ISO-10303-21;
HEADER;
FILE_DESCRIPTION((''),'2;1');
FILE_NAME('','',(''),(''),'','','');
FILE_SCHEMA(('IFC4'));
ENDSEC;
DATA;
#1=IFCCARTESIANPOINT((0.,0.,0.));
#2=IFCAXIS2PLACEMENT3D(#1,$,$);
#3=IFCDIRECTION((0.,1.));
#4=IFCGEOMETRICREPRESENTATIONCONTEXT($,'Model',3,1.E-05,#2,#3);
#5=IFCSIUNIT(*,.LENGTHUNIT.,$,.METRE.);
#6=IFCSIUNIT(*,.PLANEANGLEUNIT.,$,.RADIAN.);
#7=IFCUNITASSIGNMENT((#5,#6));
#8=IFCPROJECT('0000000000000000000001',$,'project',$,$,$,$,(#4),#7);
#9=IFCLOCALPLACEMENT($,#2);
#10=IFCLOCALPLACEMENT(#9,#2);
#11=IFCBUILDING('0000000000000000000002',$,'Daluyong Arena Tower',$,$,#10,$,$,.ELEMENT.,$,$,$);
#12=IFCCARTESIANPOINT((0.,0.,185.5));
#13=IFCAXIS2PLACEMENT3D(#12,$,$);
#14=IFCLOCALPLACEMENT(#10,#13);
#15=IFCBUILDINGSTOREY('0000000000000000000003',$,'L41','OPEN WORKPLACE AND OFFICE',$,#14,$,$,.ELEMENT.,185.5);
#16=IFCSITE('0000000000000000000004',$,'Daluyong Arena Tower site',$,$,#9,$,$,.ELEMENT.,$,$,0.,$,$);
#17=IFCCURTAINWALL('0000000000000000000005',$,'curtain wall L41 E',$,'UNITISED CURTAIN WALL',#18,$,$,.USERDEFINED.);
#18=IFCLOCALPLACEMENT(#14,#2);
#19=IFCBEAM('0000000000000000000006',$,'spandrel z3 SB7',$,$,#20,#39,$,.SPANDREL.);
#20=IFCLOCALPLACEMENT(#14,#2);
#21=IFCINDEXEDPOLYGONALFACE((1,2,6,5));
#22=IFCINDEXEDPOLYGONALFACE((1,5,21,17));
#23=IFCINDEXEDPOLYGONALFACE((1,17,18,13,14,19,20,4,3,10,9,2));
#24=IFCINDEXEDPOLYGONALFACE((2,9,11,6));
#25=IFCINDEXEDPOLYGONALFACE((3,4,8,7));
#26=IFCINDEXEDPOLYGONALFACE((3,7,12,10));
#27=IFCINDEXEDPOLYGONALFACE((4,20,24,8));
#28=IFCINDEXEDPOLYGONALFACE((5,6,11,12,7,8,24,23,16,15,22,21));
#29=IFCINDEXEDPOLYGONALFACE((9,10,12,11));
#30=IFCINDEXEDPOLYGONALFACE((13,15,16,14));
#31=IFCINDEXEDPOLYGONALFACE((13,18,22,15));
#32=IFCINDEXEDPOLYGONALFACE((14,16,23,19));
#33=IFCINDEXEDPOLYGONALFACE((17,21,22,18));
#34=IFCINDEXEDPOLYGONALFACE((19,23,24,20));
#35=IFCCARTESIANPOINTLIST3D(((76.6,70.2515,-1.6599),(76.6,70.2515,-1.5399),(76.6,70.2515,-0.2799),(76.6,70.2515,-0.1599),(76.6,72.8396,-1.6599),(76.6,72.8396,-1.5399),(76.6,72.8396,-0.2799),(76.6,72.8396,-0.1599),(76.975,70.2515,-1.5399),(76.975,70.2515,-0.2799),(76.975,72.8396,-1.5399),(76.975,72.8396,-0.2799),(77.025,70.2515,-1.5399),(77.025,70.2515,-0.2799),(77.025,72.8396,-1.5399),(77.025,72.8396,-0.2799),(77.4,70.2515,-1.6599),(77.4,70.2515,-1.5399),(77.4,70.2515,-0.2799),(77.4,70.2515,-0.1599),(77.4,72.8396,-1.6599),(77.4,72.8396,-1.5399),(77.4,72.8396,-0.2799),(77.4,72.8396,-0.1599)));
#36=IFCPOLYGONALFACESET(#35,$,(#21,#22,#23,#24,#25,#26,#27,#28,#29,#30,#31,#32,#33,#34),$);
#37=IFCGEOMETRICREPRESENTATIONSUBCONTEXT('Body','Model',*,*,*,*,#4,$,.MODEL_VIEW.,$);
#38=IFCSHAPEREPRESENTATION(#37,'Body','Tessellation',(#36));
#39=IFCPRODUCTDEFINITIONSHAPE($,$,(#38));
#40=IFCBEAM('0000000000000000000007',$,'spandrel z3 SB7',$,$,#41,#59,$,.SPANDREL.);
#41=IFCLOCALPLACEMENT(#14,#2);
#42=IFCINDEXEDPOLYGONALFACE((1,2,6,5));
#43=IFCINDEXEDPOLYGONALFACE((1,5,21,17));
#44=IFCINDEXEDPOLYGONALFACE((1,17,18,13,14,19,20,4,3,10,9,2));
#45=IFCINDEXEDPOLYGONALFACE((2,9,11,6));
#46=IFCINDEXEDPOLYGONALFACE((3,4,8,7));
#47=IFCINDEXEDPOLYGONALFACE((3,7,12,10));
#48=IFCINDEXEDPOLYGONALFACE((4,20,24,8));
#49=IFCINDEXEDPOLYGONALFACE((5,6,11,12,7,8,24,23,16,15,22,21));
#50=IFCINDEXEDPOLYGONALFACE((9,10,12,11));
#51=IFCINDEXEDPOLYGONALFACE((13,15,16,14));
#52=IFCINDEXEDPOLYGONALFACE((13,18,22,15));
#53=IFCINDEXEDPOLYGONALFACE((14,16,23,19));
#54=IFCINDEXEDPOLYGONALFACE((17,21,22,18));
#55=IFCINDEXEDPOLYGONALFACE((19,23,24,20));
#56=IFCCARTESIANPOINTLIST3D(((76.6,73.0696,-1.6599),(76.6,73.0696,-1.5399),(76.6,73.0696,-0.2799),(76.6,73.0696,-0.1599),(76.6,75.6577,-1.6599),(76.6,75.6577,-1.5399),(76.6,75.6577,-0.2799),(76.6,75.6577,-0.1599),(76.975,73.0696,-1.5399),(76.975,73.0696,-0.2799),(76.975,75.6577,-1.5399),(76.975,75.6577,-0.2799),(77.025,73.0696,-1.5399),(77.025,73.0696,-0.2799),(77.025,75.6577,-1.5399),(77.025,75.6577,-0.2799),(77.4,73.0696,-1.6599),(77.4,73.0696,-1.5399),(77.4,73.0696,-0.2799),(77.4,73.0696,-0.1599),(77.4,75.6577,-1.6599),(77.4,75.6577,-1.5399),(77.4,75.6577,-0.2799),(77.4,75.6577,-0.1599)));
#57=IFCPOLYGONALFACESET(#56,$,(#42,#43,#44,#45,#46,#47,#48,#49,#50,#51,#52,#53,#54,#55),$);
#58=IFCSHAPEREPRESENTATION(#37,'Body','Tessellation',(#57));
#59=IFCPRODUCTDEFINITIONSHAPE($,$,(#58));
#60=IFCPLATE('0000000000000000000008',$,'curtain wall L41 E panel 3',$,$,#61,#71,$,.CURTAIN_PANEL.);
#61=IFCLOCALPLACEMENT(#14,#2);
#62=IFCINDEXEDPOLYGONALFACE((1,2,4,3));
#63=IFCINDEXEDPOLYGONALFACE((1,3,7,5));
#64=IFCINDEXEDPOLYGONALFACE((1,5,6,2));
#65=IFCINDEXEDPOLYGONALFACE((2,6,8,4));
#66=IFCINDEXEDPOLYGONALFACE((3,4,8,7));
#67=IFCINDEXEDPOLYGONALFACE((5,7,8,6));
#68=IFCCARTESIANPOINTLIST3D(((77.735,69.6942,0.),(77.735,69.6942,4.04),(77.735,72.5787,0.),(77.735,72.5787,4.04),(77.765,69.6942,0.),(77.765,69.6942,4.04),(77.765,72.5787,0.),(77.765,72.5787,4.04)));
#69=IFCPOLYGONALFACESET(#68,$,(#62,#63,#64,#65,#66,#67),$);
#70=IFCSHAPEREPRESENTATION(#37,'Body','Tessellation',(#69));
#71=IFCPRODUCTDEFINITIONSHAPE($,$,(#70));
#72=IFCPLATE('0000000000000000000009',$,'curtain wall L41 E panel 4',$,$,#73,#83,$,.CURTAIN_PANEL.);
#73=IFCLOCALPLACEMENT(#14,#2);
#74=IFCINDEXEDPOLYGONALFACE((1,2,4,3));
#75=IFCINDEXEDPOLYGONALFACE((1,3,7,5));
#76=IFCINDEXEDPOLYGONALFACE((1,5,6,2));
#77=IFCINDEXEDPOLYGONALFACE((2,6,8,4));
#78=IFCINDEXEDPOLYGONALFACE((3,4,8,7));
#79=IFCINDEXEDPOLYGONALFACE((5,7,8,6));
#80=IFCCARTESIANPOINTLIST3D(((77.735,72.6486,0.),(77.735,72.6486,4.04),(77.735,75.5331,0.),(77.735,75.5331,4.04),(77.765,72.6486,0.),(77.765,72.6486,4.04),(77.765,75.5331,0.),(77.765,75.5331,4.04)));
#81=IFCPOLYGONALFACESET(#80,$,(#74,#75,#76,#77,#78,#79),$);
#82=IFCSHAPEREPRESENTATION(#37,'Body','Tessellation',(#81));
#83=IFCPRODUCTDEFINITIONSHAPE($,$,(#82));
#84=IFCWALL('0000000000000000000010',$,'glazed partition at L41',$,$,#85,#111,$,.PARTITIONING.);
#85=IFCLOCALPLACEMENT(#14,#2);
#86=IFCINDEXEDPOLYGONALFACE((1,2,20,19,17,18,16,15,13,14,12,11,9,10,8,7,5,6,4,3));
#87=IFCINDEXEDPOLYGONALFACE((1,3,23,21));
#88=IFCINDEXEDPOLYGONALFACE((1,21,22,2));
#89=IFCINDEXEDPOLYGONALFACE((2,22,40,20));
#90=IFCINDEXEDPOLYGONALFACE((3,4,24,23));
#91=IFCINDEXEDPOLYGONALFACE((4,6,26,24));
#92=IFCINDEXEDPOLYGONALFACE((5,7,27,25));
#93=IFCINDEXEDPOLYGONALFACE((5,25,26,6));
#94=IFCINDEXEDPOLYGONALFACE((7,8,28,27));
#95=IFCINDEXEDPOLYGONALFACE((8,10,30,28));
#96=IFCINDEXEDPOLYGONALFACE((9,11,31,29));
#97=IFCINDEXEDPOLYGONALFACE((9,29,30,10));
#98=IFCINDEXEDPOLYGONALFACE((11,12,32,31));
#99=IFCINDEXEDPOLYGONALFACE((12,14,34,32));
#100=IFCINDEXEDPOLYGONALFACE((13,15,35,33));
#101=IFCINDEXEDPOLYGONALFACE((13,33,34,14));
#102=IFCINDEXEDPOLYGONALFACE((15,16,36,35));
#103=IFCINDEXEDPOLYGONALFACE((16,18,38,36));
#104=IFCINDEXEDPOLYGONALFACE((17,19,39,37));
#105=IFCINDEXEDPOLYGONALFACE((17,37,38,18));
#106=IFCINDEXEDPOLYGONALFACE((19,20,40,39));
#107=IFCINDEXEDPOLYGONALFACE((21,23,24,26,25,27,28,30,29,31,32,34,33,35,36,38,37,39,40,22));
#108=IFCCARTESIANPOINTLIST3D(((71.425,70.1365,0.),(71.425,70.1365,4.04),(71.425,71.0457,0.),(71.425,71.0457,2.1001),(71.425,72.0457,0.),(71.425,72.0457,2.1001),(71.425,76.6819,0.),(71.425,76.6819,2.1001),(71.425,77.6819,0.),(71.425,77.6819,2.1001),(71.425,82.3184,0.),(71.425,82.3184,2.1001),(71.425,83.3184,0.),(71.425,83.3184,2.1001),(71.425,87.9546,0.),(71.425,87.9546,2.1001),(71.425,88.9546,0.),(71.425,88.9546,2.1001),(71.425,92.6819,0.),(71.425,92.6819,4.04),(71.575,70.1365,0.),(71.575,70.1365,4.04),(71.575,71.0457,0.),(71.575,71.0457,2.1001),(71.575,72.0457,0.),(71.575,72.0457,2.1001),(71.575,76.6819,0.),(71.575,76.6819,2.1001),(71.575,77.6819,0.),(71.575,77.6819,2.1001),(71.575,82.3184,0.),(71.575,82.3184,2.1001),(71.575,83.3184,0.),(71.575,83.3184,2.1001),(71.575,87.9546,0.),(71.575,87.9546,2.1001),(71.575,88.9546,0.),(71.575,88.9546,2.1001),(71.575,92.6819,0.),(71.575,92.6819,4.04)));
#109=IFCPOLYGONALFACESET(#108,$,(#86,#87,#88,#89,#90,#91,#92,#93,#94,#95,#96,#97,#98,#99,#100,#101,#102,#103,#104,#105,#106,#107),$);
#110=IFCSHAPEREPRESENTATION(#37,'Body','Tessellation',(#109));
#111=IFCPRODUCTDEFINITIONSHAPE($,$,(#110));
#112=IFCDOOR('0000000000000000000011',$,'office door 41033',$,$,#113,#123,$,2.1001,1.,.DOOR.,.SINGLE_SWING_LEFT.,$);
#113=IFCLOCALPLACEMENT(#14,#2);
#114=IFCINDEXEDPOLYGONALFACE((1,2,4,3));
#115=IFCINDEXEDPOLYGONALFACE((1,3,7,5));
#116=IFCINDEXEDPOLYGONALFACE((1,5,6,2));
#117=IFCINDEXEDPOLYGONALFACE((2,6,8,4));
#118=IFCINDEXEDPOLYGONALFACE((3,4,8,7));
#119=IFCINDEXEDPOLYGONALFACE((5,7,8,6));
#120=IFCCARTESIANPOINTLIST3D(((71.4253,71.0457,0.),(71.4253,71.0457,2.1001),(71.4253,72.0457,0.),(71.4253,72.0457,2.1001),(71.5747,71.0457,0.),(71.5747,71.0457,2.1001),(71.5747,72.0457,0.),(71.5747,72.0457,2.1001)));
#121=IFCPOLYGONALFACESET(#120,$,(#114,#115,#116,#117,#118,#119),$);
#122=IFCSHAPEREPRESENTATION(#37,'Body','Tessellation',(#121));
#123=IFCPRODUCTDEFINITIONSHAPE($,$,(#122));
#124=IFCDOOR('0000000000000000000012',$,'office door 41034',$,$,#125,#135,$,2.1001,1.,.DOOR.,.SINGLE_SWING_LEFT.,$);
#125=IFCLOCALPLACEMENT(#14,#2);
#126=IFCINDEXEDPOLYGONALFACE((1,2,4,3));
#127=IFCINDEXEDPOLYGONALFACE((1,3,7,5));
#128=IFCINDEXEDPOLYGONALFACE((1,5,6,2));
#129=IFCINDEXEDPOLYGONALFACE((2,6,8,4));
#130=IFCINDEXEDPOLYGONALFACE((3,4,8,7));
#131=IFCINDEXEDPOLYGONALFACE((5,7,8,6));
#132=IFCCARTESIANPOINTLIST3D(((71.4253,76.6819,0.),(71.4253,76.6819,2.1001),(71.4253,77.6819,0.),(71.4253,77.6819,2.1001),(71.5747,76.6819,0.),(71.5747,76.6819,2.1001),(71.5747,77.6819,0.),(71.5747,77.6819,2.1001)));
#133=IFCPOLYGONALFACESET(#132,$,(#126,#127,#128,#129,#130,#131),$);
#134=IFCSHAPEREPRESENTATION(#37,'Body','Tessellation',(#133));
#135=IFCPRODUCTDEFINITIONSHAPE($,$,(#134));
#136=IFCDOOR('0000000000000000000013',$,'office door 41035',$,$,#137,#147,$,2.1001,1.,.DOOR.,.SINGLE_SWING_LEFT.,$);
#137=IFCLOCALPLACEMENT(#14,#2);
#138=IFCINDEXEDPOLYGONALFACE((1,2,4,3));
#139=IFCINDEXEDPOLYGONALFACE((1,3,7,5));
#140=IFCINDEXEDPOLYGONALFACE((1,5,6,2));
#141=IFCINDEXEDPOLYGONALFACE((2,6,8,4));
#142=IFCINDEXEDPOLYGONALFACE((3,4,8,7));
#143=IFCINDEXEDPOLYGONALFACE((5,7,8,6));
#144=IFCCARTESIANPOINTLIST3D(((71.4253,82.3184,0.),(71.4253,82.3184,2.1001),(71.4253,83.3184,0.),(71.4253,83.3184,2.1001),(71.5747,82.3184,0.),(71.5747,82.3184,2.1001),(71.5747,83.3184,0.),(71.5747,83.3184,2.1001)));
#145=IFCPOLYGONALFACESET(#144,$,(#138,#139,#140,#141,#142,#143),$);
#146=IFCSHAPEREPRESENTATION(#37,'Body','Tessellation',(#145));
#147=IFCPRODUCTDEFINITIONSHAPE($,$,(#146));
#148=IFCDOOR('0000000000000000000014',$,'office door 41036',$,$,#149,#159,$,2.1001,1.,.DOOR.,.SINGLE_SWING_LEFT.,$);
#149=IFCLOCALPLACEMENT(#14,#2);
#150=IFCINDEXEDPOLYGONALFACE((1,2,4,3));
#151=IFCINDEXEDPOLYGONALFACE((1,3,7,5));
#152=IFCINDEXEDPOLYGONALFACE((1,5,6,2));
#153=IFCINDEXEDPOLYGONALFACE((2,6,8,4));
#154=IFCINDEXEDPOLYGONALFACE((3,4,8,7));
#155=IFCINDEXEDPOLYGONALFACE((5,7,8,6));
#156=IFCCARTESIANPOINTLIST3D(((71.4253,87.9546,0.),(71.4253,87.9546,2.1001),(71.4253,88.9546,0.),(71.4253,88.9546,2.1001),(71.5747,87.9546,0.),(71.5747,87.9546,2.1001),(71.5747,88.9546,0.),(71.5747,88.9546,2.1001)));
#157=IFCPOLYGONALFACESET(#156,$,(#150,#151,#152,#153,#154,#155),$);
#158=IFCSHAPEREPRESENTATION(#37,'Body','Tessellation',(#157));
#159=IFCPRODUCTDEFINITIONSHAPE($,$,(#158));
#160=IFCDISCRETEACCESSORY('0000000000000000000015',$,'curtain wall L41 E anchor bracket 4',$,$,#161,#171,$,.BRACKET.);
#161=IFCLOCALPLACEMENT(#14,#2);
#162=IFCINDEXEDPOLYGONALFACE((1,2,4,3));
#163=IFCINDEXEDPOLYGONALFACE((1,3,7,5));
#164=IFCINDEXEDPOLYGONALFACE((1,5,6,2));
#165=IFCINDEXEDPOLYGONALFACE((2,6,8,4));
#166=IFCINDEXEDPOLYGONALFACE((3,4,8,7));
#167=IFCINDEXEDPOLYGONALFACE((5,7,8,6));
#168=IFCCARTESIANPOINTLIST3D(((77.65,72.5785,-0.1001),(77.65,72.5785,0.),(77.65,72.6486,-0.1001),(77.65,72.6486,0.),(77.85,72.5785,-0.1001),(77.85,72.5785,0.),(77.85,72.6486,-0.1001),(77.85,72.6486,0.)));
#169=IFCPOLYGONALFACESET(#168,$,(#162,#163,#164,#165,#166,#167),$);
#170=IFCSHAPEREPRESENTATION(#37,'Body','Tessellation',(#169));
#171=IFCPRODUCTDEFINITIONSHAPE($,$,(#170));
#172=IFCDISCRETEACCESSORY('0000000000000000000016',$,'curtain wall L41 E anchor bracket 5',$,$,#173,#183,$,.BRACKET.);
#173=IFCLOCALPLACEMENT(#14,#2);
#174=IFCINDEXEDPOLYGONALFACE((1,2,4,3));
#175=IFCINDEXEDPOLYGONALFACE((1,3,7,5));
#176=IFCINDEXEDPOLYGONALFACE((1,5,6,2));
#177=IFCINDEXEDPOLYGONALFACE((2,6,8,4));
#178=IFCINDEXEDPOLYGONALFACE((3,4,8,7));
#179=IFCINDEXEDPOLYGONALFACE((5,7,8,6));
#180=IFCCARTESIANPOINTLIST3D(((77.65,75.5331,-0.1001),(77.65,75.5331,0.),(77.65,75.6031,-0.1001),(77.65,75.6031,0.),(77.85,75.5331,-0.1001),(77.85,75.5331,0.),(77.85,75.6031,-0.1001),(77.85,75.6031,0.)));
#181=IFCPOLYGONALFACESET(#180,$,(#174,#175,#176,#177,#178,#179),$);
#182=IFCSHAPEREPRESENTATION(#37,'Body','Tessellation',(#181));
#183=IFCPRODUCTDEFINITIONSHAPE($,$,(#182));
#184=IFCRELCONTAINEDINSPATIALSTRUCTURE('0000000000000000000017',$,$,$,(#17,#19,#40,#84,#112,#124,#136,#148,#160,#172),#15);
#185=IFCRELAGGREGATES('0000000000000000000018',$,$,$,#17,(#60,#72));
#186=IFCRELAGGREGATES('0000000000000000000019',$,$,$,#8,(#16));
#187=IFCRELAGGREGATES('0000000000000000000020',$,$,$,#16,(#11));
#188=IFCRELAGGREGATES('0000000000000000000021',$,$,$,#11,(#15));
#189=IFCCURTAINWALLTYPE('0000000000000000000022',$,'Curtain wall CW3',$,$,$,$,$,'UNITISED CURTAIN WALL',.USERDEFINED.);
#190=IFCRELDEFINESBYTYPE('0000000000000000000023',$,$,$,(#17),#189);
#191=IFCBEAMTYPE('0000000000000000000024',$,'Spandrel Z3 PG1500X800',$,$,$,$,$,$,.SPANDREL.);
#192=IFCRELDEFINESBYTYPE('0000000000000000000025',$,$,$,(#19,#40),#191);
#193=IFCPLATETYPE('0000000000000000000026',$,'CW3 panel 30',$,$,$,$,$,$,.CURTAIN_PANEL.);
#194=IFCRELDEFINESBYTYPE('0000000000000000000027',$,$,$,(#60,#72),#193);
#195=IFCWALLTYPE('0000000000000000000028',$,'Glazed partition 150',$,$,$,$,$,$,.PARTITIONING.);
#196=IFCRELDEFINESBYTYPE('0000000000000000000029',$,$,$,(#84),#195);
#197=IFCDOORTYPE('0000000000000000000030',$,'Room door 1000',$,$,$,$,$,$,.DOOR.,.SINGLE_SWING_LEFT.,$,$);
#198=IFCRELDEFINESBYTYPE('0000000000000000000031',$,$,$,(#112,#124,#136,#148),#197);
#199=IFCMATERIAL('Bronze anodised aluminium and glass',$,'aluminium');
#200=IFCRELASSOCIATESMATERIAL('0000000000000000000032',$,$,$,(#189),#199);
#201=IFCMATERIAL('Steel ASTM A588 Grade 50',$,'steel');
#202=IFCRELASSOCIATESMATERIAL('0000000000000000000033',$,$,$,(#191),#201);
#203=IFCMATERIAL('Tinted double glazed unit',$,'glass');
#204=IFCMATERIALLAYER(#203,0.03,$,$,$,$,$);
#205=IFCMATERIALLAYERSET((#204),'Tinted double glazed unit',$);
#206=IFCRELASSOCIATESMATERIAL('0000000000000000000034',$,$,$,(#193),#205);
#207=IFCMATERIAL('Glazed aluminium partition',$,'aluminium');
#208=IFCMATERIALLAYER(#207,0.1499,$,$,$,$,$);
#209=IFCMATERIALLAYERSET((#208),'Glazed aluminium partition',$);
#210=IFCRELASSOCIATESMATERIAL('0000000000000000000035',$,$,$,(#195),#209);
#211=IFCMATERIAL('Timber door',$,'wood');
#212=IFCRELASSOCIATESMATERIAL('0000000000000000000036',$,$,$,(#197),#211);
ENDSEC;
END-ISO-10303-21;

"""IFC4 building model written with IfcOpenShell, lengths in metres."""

from ifc_helpers import new_model, si_unit, direction, frame, frame_2d, origin, origin_2d, place, context, subcontext, project, spatial, rectangle, i_section, extrude, material, layer, layer_set, material_profile, profile_set, type_object, element, fill, aggregate, save


model = new_model("IFC4")

# Units and contexts
model_context = context("Model", 3, precision=1e-05, world=origin(), true_north=direction((0.0, 1.0)))
body_context = subcontext(model_context, "Body", "Model", "MODEL_VIEW")
ifc_project = project(units=[si_unit("LENGTHUNIT", "METRE"), si_unit("PLANEANGLEUNIT", "RADIAN")], contexts=[model_context])

# Site, building, storey
site_placement = place(None, origin())
site = spatial("IfcSite", under=ifc_project, at=site_placement, Name="Daluyong Arena Tower site", CompositionType="ELEMENT", RefElevation=0.0)
building_placement = place(site_placement, origin())
building = spatial("IfcBuilding", under=site, at=building_placement, Name="Daluyong Arena Tower", CompositionType="ELEMENT")
storey_placement = place(building_placement, frame((0.0, 0.0, 185.5)))
storey = spatial("IfcBuildingStorey", under=building, at=storey_placement, Name="L41", Description="OPEN WORKPLACE AND OFFICE", CompositionType="ELEMENT", Elevation=185.5)

# Curtain wall
ifc_material_1 = material(Name="Bronze anodised aluminium and glass", Category="aluminium")
curtain_wall_type = type_object("IfcCurtainWallType", Name="Curtain wall CW3", ElementType="UNITISED CURTAIN WALL", PredefinedType="USERDEFINED", material=ifc_material_1)
curtain_wall_placement = place(storey_placement, origin())
curtain_wall = element("IfcCurtainWall", 1, at=curtain_wall_placement, inside=storey, type_object=curtain_wall_type, Name="curtain wall L41 E", ObjectType="UNITISED CURTAIN WALL", PredefinedType="USERDEFINED")

# Beams
ifc_material_2 = material(Name="Steel ASTM A588 Grade 50", Category="steel")
ifc_material_profile_1 = material_profile(ifc_material_2, i_section(OverallWidth=0.8, OverallDepth=1.5, WebThickness=0.05, FlangeThickness=0.12, at=origin_2d()))
ifc_profile_set_1 = profile_set([ifc_material_profile_1], Name="Steel ASTM A588 Grade 50")
beam_type_1 = type_object("IfcBeamType", Name="Spandrel Z3 PG1500X800", PredefinedType="SPANDREL", material=ifc_profile_set_1)
for number, where, z_axis, x_axis, name in (
    (2, (77.0, 70.2515, -0.9099), (0.0, 1.0, 0.0), (-1.0, 0.0, 0.0), "spandrel z3 SB7"),
    (3, (77.0, 73.0696, -0.9099), (0.0, 1.0, 0.0), (-1.0, 0.0, 0.0), "spandrel z3 SB7"),
):
    element("IfcBeam", number, at=place(storey_placement, frame(where, z_axis=z_axis, x_axis=x_axis)), inside=storey, type_object=beam_type_1, Name=name, PredefinedType="SPANDREL", context=body_context, shape_type="SweptSolid", body=[
        extrude(i_section(OverallWidth=0.8, OverallDepth=1.5, WebThickness=0.05, FlangeThickness=0.12, at=origin_2d()), origin(), (0.0, 0.0, 1.0), 2.5881),
    ])

# Plates
ifc_material_3 = material(Name="Tinted double glazed unit", Category="glass")
ifc_layer_1 = layer(ifc_material_3, 0.03)
ifc_layer_set_1 = layer_set([ifc_layer_1], Name="Tinted double glazed unit")
plate_type = type_object("IfcPlateType", Name="CW3 panel 30", PredefinedType="CURTAIN_PANEL", material=ifc_layer_set_1)
plate_1_placement = place(storey_placement, frame((77.75, 71.1365, 0.0), z_axis=(0.0, 0.0, 1.0), x_axis=(0.0, 1.0, 0.0)))
plate_1 = element("IfcPlate", 4, at=plate_1_placement, type_object=plate_type, Name="curtain wall L41 E panel 3", PredefinedType="CURTAIN_PANEL", context=body_context, shape_type="SweptSolid", body=[
    extrude(rectangle(XDim=2.8845, YDim=0.03, at=origin_2d()), origin(), (0.0, 0.0, 1.0), 4.04),
])
plate_2_placement = place(storey_placement, frame((77.75, 74.0908, 0.0), z_axis=(0.0, 0.0, 1.0), x_axis=(0.0, 1.0, 0.0)))
plate_2 = element("IfcPlate", 5, at=plate_2_placement, type_object=plate_type, Name="curtain wall L41 E panel 4", PredefinedType="CURTAIN_PANEL", context=body_context, shape_type="SweptSolid", body=[
    extrude(rectangle(XDim=2.8845, YDim=0.03, at=origin_2d()), origin(), (0.0, 0.0, 1.0), 4.04),
])
aggregate(curtain_wall, [plate_1, plate_2])

# Wall, openings, doors
ifc_material_4 = material(Name="Glazed aluminium partition", Category="aluminium")
ifc_layer_2 = layer(ifc_material_4, 0.1499)
ifc_layer_set_2 = layer_set([ifc_layer_2], Name="Glazed aluminium partition")
wall_type_1 = type_object("IfcWallType", Name="Glazed partition 150", PredefinedType="PARTITIONING", material=ifc_layer_set_2)
wall_1_placement = place(storey_placement, frame((71.5, 70.1365, 0.0), z_axis=(0.0, 0.0, 1.0), x_axis=(0.0, 1.0, 0.0)))
wall_1 = element("IfcWall", 6, at=wall_1_placement, inside=storey, type_object=wall_type_1, Name="glazed partition at L41", PredefinedType="PARTITIONING", context=body_context, shape_type="SweptSolid", body=[
    extrude(rectangle(XDim=22.5454, YDim=0.1499, at=frame_2d((11.2727, 0.0))), origin(), (0.0, 0.0, 1.0), 4.04),
])
opening_1_placement = place(wall_1_placement, frame((0.9092, 0.0, 0.0)))
opening_1 = element("IfcOpeningElement", 7, at=opening_1_placement, cuts=wall_1, PredefinedType="OPENING", context=body_context, shape_type="SweptSolid", body=[
    extrude(rectangle(XDim=1.0, YDim=2.1001, at=frame_2d((0.5, 1.05))), frame((0.0, 0.085, 0.0), z_axis=(0.0, -1.0, 0.0), x_axis=(1.0, 0.0, 0.0)), (0.0, 0.0, 1.0), 0.1699),
])
opening_2_placement = place(wall_1_placement, frame((6.5454, 0.0, 0.0)))
opening_2 = element("IfcOpeningElement", 8, at=opening_2_placement, cuts=wall_1, PredefinedType="OPENING", context=body_context, shape_type="SweptSolid", body=[
    extrude(rectangle(XDim=1.0, YDim=2.1001, at=frame_2d((0.5, 1.05))), frame((0.0, 0.085, 0.0), z_axis=(0.0, -1.0, 0.0), x_axis=(1.0, 0.0, 0.0)), (0.0, 0.0, 1.0), 0.1699),
])
opening_3_placement = place(wall_1_placement, frame((12.1819, 0.0, 0.0)))
opening_3 = element("IfcOpeningElement", 9, at=opening_3_placement, cuts=wall_1, PredefinedType="OPENING", context=body_context, shape_type="SweptSolid", body=[
    extrude(rectangle(XDim=1.0, YDim=2.1001, at=frame_2d((0.5, 1.05))), frame((0.0, 0.085, 0.0), z_axis=(0.0, -1.0, 0.0), x_axis=(1.0, 0.0, 0.0)), (0.0, 0.0, 1.0), 0.1699),
])
opening_4_placement = place(wall_1_placement, frame((17.8181, 0.0, 0.0)))
opening_4 = element("IfcOpeningElement", 10, at=opening_4_placement, cuts=wall_1, PredefinedType="OPENING", context=body_context, shape_type="SweptSolid", body=[
    extrude(rectangle(XDim=1.0, YDim=2.1001, at=frame_2d((0.5, 1.05))), frame((0.0, 0.085, 0.0), z_axis=(0.0, -1.0, 0.0), x_axis=(1.0, 0.0, 0.0)), (0.0, 0.0, 1.0), 0.1699),
])
ifc_material_5 = material(Name="Timber door", Category="wood")
door_type_1 = type_object("IfcDoorType", Name="Room door 1000", OperationType="SINGLE_SWING_LEFT", PredefinedType="DOOR", material=ifc_material_5)
door_1_placement = place(opening_1_placement, origin())
door_1 = element("IfcDoor", 11, at=door_1_placement, inside=storey, type_object=door_type_1, Name="office door 41033", OperationType="SINGLE_SWING_LEFT", OverallHeight=2.1001, OverallWidth=1.0, PredefinedType="DOOR", context=body_context, shape_type="SweptSolid", body=[
    extrude(rectangle(XDim=1.0, YDim=2.1001, at=frame_2d((0.5, 1.05))), frame((0.0, 0.0747, 0.0), z_axis=(0.0, -1.0, 0.0), x_axis=(1.0, 0.0, 0.0)), (0.0, 0.0, 1.0), 0.1494),
])
fill(opening_1, door_1)
door_2_placement = place(opening_2_placement, origin())
door_2 = element("IfcDoor", 12, at=door_2_placement, inside=storey, type_object=door_type_1, Name="office door 41034", OperationType="SINGLE_SWING_LEFT", OverallHeight=2.1001, OverallWidth=1.0, PredefinedType="DOOR", context=body_context, shape_type="SweptSolid", body=[
    extrude(rectangle(XDim=1.0, YDim=2.1001, at=frame_2d((0.5, 1.05))), frame((0.0, 0.0747, 0.0), z_axis=(0.0, -1.0, 0.0), x_axis=(1.0, 0.0, 0.0)), (0.0, 0.0, 1.0), 0.1494),
])
fill(opening_2, door_2)
door_3_placement = place(opening_3_placement, origin())
door_3 = element("IfcDoor", 13, at=door_3_placement, inside=storey, type_object=door_type_1, Name="office door 41035", OperationType="SINGLE_SWING_LEFT", OverallHeight=2.1001, OverallWidth=1.0, PredefinedType="DOOR", context=body_context, shape_type="SweptSolid", body=[
    extrude(rectangle(XDim=1.0, YDim=2.1001, at=frame_2d((0.5, 1.05))), frame((0.0, 0.0747, 0.0), z_axis=(0.0, -1.0, 0.0), x_axis=(1.0, 0.0, 0.0)), (0.0, 0.0, 1.0), 0.1494),
])
fill(opening_3, door_3)
door_4_placement = place(opening_4_placement, origin())
door_4 = element("IfcDoor", 14, at=door_4_placement, inside=storey, type_object=door_type_1, Name="office door 41036", OperationType="SINGLE_SWING_LEFT", OverallHeight=2.1001, OverallWidth=1.0, PredefinedType="DOOR", context=body_context, shape_type="SweptSolid", body=[
    extrude(rectangle(XDim=1.0, YDim=2.1001, at=frame_2d((0.5, 1.05))), frame((0.0, 0.0747, 0.0), z_axis=(0.0, -1.0, 0.0), x_axis=(1.0, 0.0, 0.0)), (0.0, 0.0, 1.0), 0.1494),
])
fill(opening_4, door_4)

# Discrete accessories
for number, where, z_axis, x_axis, name in (
    (15, (77.75, 72.6135, -0.1001), (0.0, 0.0, 1.0), (0.0, 1.0, 0.0), "curtain wall L41 E anchor bracket 4"),
    (16, (77.75, 75.5681, -0.1001), (0.0, 0.0, 1.0), (0.0, 1.0, 0.0), "curtain wall L41 E anchor bracket 5"),
):
    element("IfcDiscreteAccessory", number, at=place(storey_placement, frame(where, z_axis=z_axis, x_axis=x_axis)), inside=storey, Name=name, PredefinedType="BRACKET", context=body_context, shape_type="SweptSolid", body=[
        extrude(rectangle(XDim=0.0701, YDim=0.2, at=origin_2d()), origin(), (0.0, 0.0, 1.0), 0.1001),
    ])

save(model, "model.ifc")
